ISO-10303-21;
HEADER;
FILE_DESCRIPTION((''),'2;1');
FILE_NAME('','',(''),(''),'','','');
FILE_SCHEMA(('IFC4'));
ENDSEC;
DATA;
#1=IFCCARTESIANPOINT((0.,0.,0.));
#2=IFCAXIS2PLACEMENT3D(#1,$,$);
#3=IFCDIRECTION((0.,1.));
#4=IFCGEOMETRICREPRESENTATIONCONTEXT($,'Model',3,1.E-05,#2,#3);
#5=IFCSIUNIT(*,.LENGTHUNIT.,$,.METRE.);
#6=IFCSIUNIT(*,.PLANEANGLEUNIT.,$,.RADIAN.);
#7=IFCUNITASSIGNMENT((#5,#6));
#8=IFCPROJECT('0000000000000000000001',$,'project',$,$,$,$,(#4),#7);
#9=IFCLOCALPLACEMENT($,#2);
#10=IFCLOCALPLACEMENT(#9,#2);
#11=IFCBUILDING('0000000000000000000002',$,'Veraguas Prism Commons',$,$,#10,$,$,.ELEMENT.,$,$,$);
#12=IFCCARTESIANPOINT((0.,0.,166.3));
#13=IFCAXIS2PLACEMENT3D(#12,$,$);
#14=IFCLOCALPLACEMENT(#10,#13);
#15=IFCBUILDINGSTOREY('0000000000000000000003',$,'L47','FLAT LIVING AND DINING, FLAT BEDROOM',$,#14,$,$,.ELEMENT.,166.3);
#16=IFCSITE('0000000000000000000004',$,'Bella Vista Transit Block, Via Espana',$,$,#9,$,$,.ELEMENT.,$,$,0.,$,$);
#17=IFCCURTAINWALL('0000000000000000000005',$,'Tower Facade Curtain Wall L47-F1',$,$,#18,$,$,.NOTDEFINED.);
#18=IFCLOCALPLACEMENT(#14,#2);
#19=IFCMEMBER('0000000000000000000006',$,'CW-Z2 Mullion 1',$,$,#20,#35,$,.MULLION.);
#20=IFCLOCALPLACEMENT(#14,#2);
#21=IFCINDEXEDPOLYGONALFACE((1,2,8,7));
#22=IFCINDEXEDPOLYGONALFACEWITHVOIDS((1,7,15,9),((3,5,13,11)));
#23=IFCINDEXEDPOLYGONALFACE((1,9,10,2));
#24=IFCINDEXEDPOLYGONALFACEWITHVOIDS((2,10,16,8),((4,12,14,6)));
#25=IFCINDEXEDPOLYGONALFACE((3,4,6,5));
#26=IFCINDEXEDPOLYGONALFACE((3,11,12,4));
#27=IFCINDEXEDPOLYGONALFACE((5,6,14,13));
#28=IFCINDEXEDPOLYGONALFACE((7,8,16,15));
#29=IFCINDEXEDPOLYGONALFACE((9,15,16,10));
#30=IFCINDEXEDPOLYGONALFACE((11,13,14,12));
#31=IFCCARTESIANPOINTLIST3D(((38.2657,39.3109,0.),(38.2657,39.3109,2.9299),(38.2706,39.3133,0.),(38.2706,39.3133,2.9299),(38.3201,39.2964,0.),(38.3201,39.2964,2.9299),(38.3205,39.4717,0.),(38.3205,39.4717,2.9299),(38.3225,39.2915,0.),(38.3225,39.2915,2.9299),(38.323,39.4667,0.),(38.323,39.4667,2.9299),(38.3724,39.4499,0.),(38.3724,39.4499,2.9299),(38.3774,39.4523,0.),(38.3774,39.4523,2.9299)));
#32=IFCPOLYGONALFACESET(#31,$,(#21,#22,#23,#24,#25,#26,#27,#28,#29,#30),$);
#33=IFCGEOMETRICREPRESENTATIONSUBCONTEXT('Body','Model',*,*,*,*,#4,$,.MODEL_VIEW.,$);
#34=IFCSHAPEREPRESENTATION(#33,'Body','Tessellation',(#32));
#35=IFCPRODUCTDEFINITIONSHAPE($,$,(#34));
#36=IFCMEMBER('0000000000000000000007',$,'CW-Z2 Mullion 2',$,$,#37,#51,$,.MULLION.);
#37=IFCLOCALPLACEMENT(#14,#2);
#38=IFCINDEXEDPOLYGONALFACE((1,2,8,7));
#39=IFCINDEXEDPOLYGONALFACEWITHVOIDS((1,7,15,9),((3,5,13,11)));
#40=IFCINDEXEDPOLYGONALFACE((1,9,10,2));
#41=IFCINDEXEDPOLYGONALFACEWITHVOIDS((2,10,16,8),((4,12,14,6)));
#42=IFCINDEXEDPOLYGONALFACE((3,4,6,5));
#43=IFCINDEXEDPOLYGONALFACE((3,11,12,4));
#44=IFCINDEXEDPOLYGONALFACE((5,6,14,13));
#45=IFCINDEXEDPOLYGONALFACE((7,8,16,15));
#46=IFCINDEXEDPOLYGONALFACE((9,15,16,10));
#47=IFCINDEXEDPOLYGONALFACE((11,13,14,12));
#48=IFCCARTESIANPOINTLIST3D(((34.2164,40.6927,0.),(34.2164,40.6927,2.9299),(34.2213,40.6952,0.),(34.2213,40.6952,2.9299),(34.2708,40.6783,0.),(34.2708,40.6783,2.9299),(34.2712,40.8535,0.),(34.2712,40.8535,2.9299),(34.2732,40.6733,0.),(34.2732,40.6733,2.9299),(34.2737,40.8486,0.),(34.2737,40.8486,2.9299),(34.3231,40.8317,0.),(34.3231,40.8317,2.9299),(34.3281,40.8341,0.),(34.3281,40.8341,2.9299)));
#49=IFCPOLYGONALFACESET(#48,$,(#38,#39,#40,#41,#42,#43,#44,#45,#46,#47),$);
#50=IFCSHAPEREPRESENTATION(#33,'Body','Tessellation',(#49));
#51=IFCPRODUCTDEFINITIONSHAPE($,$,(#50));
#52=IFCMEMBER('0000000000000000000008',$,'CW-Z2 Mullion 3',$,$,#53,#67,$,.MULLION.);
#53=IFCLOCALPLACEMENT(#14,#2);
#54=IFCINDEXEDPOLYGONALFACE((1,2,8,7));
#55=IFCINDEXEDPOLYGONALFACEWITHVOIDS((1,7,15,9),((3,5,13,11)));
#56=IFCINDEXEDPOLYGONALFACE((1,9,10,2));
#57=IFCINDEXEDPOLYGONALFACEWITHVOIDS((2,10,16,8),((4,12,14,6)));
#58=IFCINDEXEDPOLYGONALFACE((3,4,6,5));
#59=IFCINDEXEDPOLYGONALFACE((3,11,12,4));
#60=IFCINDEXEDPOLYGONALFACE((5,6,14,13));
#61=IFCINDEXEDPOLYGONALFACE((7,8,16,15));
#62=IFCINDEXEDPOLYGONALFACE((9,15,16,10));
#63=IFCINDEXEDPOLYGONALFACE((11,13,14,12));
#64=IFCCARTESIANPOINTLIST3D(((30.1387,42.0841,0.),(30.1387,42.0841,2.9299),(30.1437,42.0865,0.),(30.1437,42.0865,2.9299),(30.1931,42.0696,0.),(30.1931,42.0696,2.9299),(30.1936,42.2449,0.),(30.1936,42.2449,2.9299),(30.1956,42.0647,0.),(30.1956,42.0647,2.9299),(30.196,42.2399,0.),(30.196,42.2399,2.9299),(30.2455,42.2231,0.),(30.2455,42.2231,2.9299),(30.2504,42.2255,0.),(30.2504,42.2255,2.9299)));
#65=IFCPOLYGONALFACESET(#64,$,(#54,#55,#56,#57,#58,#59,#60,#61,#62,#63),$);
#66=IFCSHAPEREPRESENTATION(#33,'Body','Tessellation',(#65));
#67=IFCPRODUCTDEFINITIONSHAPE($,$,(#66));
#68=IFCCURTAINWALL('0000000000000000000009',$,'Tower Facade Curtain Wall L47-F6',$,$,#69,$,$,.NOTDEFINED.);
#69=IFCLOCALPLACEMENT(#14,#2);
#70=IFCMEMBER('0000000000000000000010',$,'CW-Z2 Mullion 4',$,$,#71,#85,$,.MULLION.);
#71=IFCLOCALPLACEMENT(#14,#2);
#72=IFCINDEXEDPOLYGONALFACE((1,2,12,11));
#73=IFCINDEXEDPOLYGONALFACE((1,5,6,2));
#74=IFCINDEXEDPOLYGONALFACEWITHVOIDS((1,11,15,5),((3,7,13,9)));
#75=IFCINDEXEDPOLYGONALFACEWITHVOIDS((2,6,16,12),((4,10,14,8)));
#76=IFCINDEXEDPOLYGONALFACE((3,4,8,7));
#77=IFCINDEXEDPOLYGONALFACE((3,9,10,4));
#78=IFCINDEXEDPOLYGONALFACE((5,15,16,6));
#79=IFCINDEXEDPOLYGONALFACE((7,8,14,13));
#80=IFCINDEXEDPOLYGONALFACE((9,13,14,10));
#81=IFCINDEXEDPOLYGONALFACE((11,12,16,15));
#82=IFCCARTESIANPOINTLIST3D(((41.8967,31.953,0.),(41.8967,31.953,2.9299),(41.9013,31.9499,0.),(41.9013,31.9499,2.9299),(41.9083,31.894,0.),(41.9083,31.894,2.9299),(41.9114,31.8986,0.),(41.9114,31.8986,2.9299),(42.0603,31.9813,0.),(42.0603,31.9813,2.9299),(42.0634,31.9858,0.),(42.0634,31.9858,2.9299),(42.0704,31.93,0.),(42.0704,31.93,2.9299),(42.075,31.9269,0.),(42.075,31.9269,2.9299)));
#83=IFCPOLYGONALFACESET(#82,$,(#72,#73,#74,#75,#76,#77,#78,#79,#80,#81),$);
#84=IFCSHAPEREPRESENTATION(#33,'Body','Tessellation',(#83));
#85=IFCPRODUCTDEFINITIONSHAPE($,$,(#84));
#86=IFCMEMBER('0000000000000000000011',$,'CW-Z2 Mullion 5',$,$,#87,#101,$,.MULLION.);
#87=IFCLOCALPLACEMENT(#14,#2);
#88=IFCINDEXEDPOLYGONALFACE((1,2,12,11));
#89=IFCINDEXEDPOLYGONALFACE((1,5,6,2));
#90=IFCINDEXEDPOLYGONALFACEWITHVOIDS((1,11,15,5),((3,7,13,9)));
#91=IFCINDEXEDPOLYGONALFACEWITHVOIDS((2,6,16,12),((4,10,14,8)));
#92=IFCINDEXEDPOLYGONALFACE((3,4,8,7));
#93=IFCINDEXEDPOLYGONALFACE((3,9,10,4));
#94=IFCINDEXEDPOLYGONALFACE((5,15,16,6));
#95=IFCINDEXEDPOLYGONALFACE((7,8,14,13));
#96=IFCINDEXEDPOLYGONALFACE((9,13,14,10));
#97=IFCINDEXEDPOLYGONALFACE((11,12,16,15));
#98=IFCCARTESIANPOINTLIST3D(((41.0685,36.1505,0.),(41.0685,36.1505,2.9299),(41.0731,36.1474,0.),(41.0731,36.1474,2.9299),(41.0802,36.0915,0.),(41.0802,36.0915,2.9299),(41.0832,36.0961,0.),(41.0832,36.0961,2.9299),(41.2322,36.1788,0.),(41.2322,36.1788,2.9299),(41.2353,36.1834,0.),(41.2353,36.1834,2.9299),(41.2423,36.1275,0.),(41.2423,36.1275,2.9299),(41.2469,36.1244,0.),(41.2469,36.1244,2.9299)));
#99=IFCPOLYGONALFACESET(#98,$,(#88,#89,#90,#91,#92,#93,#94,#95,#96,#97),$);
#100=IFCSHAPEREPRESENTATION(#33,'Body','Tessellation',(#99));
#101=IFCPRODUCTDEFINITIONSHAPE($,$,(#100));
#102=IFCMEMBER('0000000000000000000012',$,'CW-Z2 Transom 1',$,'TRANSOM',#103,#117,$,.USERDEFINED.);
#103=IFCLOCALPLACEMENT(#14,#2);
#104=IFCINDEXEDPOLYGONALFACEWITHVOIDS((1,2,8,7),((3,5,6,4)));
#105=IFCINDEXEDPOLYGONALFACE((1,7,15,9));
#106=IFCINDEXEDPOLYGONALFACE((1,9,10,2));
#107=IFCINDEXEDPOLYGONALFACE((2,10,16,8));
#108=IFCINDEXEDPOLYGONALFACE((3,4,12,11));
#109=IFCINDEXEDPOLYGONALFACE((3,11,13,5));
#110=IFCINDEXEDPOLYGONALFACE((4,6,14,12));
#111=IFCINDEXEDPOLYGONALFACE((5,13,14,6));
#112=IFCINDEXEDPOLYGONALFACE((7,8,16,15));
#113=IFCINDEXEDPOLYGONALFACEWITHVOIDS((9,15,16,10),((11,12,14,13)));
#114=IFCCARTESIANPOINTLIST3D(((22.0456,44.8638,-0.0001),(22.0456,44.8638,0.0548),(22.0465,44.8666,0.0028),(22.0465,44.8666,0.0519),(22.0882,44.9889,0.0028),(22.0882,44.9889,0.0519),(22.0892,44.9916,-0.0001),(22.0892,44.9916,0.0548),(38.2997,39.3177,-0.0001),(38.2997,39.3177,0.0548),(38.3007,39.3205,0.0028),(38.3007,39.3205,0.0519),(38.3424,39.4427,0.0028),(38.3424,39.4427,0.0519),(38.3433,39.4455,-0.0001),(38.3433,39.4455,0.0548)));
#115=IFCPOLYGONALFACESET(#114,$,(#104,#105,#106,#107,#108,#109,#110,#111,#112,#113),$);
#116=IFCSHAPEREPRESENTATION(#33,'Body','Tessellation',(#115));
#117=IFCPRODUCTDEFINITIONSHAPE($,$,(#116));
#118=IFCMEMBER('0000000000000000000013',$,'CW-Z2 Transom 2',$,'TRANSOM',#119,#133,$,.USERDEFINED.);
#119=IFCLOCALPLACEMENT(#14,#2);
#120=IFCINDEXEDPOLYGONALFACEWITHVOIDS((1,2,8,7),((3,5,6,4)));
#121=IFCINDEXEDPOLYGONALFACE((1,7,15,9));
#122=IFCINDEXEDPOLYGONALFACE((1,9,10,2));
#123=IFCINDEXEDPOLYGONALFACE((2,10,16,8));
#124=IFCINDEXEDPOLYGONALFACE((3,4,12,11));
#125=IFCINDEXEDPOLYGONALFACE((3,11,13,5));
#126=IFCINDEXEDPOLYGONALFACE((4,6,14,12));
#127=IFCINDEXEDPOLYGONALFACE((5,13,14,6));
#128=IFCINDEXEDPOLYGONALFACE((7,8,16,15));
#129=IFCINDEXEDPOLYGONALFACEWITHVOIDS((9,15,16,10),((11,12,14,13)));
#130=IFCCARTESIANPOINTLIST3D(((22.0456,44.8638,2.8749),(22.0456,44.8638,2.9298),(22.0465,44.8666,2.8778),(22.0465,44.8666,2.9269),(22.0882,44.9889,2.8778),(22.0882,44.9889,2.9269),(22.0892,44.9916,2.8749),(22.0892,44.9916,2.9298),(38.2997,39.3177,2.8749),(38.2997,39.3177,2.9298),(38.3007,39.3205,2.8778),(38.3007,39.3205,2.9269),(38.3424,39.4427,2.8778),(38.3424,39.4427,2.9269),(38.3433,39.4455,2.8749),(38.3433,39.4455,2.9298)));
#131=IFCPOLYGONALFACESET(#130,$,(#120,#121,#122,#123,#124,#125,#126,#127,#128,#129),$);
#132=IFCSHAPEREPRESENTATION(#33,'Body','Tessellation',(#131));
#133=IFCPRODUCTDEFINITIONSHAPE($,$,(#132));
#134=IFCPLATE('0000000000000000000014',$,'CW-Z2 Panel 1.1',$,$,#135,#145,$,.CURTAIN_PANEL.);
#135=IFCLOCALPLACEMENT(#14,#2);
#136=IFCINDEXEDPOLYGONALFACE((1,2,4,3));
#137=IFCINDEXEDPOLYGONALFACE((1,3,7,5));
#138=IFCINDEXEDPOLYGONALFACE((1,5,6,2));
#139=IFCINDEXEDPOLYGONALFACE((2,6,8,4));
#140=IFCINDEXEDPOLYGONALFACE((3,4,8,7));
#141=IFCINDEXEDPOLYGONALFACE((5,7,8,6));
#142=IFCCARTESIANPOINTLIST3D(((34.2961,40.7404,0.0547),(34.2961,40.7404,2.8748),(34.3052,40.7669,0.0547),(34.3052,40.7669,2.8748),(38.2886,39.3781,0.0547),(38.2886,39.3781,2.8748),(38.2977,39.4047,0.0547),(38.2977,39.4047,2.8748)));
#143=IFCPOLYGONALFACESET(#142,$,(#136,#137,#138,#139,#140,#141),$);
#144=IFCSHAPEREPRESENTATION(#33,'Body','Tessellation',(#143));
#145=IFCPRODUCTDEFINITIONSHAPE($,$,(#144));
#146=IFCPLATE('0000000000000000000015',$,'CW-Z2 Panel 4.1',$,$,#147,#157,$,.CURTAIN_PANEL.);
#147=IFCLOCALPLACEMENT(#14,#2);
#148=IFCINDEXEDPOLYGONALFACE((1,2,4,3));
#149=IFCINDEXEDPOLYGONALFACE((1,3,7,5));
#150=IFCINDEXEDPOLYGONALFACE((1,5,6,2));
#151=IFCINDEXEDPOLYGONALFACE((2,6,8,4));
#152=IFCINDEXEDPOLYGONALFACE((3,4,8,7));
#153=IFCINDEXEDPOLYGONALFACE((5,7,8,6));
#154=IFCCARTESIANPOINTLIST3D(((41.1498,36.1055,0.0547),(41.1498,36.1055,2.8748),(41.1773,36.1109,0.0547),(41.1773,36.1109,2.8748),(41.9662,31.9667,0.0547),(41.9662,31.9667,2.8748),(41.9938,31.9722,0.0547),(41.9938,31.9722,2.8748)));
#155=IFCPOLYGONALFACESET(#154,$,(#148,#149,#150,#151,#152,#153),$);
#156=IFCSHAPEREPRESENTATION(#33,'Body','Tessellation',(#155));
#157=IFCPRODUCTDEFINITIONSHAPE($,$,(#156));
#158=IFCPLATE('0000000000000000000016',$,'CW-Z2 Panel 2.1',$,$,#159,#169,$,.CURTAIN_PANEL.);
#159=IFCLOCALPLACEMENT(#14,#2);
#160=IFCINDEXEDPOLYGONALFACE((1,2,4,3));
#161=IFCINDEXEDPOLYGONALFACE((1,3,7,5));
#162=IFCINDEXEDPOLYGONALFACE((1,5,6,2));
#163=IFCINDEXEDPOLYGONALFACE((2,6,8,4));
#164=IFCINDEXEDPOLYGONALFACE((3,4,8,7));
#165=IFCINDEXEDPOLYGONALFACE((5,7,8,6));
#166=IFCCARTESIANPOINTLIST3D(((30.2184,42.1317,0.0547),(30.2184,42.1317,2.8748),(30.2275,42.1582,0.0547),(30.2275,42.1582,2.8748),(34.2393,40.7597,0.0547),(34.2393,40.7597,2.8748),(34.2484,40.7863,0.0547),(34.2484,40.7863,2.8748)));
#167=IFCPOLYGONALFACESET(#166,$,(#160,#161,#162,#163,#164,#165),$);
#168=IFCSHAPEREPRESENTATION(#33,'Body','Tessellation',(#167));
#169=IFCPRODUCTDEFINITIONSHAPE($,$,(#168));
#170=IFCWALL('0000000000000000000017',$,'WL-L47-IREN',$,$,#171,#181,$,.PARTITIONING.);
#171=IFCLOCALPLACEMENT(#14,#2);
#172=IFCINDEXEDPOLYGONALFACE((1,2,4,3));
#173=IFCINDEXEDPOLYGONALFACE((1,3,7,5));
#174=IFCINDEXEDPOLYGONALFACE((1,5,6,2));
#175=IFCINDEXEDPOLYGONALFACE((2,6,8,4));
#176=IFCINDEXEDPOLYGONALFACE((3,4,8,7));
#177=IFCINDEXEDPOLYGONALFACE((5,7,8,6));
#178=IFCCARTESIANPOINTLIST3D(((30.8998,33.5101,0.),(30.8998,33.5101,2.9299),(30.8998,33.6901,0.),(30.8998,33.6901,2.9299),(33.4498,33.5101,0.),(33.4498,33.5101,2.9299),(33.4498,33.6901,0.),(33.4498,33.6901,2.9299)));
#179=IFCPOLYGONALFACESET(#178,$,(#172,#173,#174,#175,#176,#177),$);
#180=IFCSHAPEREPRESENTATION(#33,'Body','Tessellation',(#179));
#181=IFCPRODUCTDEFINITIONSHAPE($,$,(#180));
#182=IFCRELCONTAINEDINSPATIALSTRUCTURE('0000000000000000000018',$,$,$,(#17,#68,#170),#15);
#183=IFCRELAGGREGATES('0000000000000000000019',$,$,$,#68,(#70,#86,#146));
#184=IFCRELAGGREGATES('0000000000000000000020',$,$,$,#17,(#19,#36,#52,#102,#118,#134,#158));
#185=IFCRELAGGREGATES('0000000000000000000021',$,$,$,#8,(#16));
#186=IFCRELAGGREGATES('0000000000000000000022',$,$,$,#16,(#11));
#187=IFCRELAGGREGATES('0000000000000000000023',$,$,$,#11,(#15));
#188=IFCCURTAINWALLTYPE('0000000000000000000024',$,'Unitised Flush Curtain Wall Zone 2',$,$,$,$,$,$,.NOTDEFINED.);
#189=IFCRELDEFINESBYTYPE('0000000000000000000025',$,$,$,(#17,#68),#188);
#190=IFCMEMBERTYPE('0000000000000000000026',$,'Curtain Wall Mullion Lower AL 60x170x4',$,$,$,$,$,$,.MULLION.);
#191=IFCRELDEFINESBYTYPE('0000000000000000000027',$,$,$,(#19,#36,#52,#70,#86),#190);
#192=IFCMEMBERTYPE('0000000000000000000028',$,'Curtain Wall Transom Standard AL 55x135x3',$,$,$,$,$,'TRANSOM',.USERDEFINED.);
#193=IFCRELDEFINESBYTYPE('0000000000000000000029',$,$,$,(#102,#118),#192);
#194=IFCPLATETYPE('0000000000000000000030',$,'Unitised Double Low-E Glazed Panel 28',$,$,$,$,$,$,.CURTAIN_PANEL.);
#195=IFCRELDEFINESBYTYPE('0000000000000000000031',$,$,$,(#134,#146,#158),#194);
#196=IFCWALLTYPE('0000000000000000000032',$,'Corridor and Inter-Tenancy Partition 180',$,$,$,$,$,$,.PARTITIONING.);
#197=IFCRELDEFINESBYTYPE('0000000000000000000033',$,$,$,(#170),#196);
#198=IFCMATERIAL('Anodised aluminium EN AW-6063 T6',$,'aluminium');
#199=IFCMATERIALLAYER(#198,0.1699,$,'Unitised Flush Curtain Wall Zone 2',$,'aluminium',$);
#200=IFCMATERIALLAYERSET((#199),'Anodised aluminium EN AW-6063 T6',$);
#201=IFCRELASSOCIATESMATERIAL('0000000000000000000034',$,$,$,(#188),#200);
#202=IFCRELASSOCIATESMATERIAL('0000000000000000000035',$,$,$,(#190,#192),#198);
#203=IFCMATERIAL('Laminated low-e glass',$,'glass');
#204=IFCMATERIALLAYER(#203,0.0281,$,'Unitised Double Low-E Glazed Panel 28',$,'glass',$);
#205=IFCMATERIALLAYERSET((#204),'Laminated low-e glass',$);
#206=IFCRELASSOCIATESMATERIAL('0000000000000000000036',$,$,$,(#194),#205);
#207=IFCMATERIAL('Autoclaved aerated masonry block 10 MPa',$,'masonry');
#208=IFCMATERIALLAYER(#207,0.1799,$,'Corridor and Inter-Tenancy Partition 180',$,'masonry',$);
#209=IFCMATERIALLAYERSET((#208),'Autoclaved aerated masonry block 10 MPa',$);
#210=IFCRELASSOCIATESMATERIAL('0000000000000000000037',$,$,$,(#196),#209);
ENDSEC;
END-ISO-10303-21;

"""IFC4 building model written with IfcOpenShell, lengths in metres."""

from ifc_helpers import new_model, si_unit, direction, frame, frame_2d, origin, origin_2d, place, context, subcontext, project, spatial, rectangle, hollow_rectangle, extrude, source, transform, mapped, material, layer, layer_set, material_profile, profile_set, type_object, element, aggregate, save


model = new_model("IFC4")

# Units and contexts
model_context = context("Model", 3, precision=1e-05, world=origin(), true_north=direction((0.0, 1.0)))
body_context = subcontext(model_context, "Body", "Model", "MODEL_VIEW")
ifc_project = project(units=[si_unit("LENGTHUNIT", "METRE"), si_unit("PLANEANGLEUNIT", "RADIAN")], contexts=[model_context])

# Site, building, storey
site_placement = place(None, origin())
site = spatial("IfcSite", under=ifc_project, at=site_placement, Name="Bella Vista Transit Block, Via Espana", CompositionType="ELEMENT", RefElevation=0.0)
building_placement = place(site_placement, origin())
building = spatial("IfcBuilding", under=site, at=building_placement, Name="Veraguas Prism Commons", CompositionType="ELEMENT")
storey_placement = place(building_placement, frame((0.0, 0.0, 166.3)))
storey = spatial("IfcBuildingStorey", under=building, at=storey_placement, Name="L47", Description="FLAT LIVING AND DINING, FLAT BEDROOM", CompositionType="ELEMENT", Elevation=166.3)

# Curtain walls, members
ifc_material_1 = material(Name="Anodised aluminium EN AW-6063 T6", Category="aluminium")
ifc_layer_1 = layer(ifc_material_1, 0.1699, Name="Unitised Flush Curtain Wall Zone 2", Category="aluminium")
ifc_layer_set_1 = layer_set([ifc_layer_1], Name="Anodised aluminium EN AW-6063 T6")
curtain_wall_type = type_object("IfcCurtainWallType", Name="Unitised Flush Curtain Wall Zone 2", PredefinedType="NOTDEFINED", material=ifc_layer_set_1)
curtain_wall_1_placement = place(storey_placement, origin())
curtain_wall_1 = element("IfcCurtainWall", 1, at=curtain_wall_1_placement, inside=storey, type_object=curtain_wall_type, Name="Tower Facade Curtain Wall L47-F1", PredefinedType="NOTDEFINED")
ifc_material_profile_1 = material_profile(ifc_material_1, hollow_rectangle(XDim=0.0601, YDim=0.1699, WallThickness=0.0039, at=origin_2d()), Name="AL60X170X4")
ifc_profile_set_1 = profile_set([ifc_material_profile_1], Name="Anodised aluminium EN AW-6063 T6")
member_type_1 = type_object("IfcMemberType", Name="Curtain Wall Mullion Lower AL 60x170x4", PredefinedType="MULLION", material=ifc_profile_set_1)
shared_shape_1 = source(origin(), body_context, "Body", "SweptSolid", [
    extrude(hollow_rectangle(XDim=0.0601, YDim=0.1699, WallThickness=0.0039, at=origin_2d()), origin(), (0.0, 0.0, 1.0), 2.9299),
])
member_1_placement = place(storey_placement, frame((38.3215, 39.3816, 0.0), z_axis=(0.0, 0.0, 1.0), x_axis=(-0.946425, 0.322925, 0.0)))
member_1 = element("IfcMember", 2, at=member_1_placement, type_object=member_type_1, Name="CW-Z2 Mullion 1", PredefinedType="MULLION", context=body_context, shape_type="MappedRepresentation", body=[
    mapped(shared_shape_1, transform((0.0, 0.0, 0.0), scale=1.0)),
])
member_2_placement = place(storey_placement, frame((34.2722, 40.7634, 0.0), z_axis=(0.0, 0.0, 1.0), x_axis=(-0.946425, 0.322925, 0.0)))
member_2 = element("IfcMember", 3, at=member_2_placement, type_object=member_type_1, Name="CW-Z2 Mullion 2", PredefinedType="MULLION", context=body_context, shape_type="MappedRepresentation", body=[
    mapped(shared_shape_1, transform((0.0, 0.0, 0.0), scale=1.0)),
])
member_3_placement = place(storey_placement, frame((30.1946, 42.1548, 0.0), z_axis=(0.0, 0.0, 1.0), x_axis=(-0.946425, 0.322925, 0.0)))
member_3 = element("IfcMember", 4, at=member_3_placement, type_object=member_type_1, Name="CW-Z2 Mullion 3", PredefinedType="MULLION", context=body_context, shape_type="MappedRepresentation", body=[
    mapped(shared_shape_1, transform((0.0, 0.0, 0.0), scale=1.0)),
])
curtain_wall_2_placement = place(storey_placement, origin())
curtain_wall_2 = element("IfcCurtainWall", 5, at=curtain_wall_2_placement, inside=storey, type_object=curtain_wall_type, Name="Tower Facade Curtain Wall L47-F6", PredefinedType="NOTDEFINED")
member_4_placement = place(storey_placement, frame((41.9858, 31.9399, 0.0), z_axis=(0.0, 0.0, 1.0), x_axis=(-0.193549, 0.981091, 0.0)))
member_4 = element("IfcMember", 6, at=member_4_placement, type_object=member_type_1, Name="CW-Z2 Mullion 4", PredefinedType="MULLION", context=body_context, shape_type="MappedRepresentation", body=[
    mapped(shared_shape_1, transform((0.0, 0.0, 0.0), scale=1.0)),
])
member_5_placement = place(storey_placement, frame((41.1577, 36.1375, 0.0), z_axis=(0.0, 0.0, 1.0), x_axis=(-0.193549, 0.981091, 0.0)))
member_5 = element("IfcMember", 7, at=member_5_placement, type_object=member_type_1, Name="CW-Z2 Mullion 5", PredefinedType="MULLION", context=body_context, shape_type="MappedRepresentation", body=[
    mapped(shared_shape_1, transform((0.0, 0.0, 0.0), scale=1.0)),
])

# Members
ifc_material_profile_2 = material_profile(ifc_material_1, hollow_rectangle(XDim=0.0549, YDim=0.135, WallThickness=0.0029, at=origin_2d()), Name="AL55X135X3")
ifc_profile_set_2 = profile_set([ifc_material_profile_2], Name="Anodised aluminium EN AW-6063 T6")
member_type_2 = type_object("IfcMemberType", Name="Curtain Wall Transom Standard AL 55x135x3", ElementType="TRANSOM", PredefinedType="USERDEFINED", material=ifc_profile_set_2)
shared_shape_2 = source(origin(), body_context, "Body", "SweptSolid", [
    extrude(hollow_rectangle(XDim=0.0549, YDim=0.135, WallThickness=0.0029, at=origin_2d()), origin(), (0.0, 0.0, 1.0), 17.1743),
])
member_6_placement = place(storey_placement, frame((38.3215, 39.3816, 0.0273), z_axis=(-0.946422, 0.322932, 0.0), x_axis=(0.0, 0.0, 1.0)))
member_6 = element("IfcMember", 8, at=member_6_placement, type_object=member_type_2, Name="CW-Z2 Transom 1", ObjectType="TRANSOM", PredefinedType="USERDEFINED", context=body_context, shape_type="MappedRepresentation", body=[
    mapped(shared_shape_2, transform((0.0, 0.0, 0.0), scale=1.0)),
])
member_7_placement = place(storey_placement, frame((38.3215, 39.3816, 2.9023), z_axis=(-0.946422, 0.322932, 0.0), x_axis=(0.0, 0.0, 1.0)))
member_7 = element("IfcMember", 9, at=member_7_placement, type_object=member_type_2, Name="CW-Z2 Transom 2", ObjectType="TRANSOM", PredefinedType="USERDEFINED", context=body_context, shape_type="MappedRepresentation", body=[
    mapped(shared_shape_2, transform((0.0, 0.0, 0.0), scale=1.0)),
])

# Plates
ifc_material_2 = material(Name="Laminated low-e glass", Category="glass")
ifc_layer_2 = layer(ifc_material_2, 0.0281, Name="Unitised Double Low-E Glazed Panel 28", Category="glass")
ifc_layer_set_2 = layer_set([ifc_layer_2], Name="Laminated low-e glass")
plate_type = type_object("IfcPlateType", Name="Unitised Double Low-E Glazed Panel 28", PredefinedType="CURTAIN_PANEL", material=ifc_layer_set_2)
shared_shape_3 = source(origin(), body_context, "Body", "SweptSolid", [
    extrude(rectangle(XDim=4.2185, YDim=0.0281, at=origin_2d()), origin(), (0.0, 0.0, 1.0), 2.8201),
])
plate_1_placement = place(storey_placement, frame((36.2969, 40.0725, 0.0547), z_axis=(0.0, 0.0, 1.0), x_axis=(-0.946425, 0.322925, 0.0)))
plate_1 = element("IfcPlate", 10, at=plate_1_placement, type_object=plate_type, Name="CW-Z2 Panel 1.1", PredefinedType="CURTAIN_PANEL", context=body_context, shape_type="MappedRepresentation", body=[
    mapped(shared_shape_3, transform((0.0, 0.0, 0.0), scale=1.0)),
])
plate_2_placement = place(storey_placement, frame((41.5718, 34.0388, 0.0547), z_axis=(0.0, 0.0, 1.0), x_axis=(-0.193549, 0.981091, 0.0)))
plate_2 = element("IfcPlate", 11, at=plate_2_placement, type_object=plate_type, Name="CW-Z2 Panel 4.1", PredefinedType="CURTAIN_PANEL", context=body_context, shape_type="MappedRepresentation", body=[
    mapped(shared_shape_3, transform((0.0, 0.0, 0.0), scale=1.0)),
])
aggregate(curtain_wall_2, [member_4, member_5, plate_2])
shared_shape_4 = source(origin(), body_context, "Body", "SweptSolid", [
    extrude(rectangle(XDim=4.2485, YDim=0.0281, at=origin_2d()), origin(), (0.0, 0.0, 1.0), 2.8201),
])
plate_3_placement = place(storey_placement, frame((32.2334, 41.459, 0.0547), z_axis=(0.0, 0.0, 1.0), x_axis=(-0.946425, 0.322925, 0.0)))
plate_3 = element("IfcPlate", 12, at=plate_3_placement, type_object=plate_type, Name="CW-Z2 Panel 2.1", PredefinedType="CURTAIN_PANEL", context=body_context, shape_type="MappedRepresentation", body=[
    mapped(shared_shape_4, transform((0.0, 0.0, 0.0), scale=1.0)),
])
aggregate(curtain_wall_1, [member_1, member_2, member_3, member_6, member_7, plate_1, plate_3])

# Wall
ifc_material_3 = material(Name="Autoclaved aerated masonry block 10 MPa", Category="masonry")
ifc_layer_3 = layer(ifc_material_3, 0.1799, Name="Corridor and Inter-Tenancy Partition 180", Category="masonry")
ifc_layer_set_3 = layer_set([ifc_layer_3], Name="Autoclaved aerated masonry block 10 MPa")
wall_type_1 = type_object("IfcWallType", Name="Corridor and Inter-Tenancy Partition 180", PredefinedType="PARTITIONING", material=ifc_layer_set_3)
wall_1_placement = place(storey_placement, frame((30.8999, 33.6001, 0.0), z_axis=(0.0, 0.0, 1.0), x_axis=(1.0, 0.0, 0.0)))
element("IfcWall", 13, at=wall_1_placement, inside=storey, type_object=wall_type_1, Name="WL-L47-IREN", PredefinedType="PARTITIONING", context=body_context, shape_type="SweptSolid", body=[
    extrude(rectangle(XDim=2.55, YDim=0.1799, at=frame_2d((1.2749, 0.0))), origin(), (0.0, 0.0, 1.0), 2.9299),
])

save(model, "model.ifc")
